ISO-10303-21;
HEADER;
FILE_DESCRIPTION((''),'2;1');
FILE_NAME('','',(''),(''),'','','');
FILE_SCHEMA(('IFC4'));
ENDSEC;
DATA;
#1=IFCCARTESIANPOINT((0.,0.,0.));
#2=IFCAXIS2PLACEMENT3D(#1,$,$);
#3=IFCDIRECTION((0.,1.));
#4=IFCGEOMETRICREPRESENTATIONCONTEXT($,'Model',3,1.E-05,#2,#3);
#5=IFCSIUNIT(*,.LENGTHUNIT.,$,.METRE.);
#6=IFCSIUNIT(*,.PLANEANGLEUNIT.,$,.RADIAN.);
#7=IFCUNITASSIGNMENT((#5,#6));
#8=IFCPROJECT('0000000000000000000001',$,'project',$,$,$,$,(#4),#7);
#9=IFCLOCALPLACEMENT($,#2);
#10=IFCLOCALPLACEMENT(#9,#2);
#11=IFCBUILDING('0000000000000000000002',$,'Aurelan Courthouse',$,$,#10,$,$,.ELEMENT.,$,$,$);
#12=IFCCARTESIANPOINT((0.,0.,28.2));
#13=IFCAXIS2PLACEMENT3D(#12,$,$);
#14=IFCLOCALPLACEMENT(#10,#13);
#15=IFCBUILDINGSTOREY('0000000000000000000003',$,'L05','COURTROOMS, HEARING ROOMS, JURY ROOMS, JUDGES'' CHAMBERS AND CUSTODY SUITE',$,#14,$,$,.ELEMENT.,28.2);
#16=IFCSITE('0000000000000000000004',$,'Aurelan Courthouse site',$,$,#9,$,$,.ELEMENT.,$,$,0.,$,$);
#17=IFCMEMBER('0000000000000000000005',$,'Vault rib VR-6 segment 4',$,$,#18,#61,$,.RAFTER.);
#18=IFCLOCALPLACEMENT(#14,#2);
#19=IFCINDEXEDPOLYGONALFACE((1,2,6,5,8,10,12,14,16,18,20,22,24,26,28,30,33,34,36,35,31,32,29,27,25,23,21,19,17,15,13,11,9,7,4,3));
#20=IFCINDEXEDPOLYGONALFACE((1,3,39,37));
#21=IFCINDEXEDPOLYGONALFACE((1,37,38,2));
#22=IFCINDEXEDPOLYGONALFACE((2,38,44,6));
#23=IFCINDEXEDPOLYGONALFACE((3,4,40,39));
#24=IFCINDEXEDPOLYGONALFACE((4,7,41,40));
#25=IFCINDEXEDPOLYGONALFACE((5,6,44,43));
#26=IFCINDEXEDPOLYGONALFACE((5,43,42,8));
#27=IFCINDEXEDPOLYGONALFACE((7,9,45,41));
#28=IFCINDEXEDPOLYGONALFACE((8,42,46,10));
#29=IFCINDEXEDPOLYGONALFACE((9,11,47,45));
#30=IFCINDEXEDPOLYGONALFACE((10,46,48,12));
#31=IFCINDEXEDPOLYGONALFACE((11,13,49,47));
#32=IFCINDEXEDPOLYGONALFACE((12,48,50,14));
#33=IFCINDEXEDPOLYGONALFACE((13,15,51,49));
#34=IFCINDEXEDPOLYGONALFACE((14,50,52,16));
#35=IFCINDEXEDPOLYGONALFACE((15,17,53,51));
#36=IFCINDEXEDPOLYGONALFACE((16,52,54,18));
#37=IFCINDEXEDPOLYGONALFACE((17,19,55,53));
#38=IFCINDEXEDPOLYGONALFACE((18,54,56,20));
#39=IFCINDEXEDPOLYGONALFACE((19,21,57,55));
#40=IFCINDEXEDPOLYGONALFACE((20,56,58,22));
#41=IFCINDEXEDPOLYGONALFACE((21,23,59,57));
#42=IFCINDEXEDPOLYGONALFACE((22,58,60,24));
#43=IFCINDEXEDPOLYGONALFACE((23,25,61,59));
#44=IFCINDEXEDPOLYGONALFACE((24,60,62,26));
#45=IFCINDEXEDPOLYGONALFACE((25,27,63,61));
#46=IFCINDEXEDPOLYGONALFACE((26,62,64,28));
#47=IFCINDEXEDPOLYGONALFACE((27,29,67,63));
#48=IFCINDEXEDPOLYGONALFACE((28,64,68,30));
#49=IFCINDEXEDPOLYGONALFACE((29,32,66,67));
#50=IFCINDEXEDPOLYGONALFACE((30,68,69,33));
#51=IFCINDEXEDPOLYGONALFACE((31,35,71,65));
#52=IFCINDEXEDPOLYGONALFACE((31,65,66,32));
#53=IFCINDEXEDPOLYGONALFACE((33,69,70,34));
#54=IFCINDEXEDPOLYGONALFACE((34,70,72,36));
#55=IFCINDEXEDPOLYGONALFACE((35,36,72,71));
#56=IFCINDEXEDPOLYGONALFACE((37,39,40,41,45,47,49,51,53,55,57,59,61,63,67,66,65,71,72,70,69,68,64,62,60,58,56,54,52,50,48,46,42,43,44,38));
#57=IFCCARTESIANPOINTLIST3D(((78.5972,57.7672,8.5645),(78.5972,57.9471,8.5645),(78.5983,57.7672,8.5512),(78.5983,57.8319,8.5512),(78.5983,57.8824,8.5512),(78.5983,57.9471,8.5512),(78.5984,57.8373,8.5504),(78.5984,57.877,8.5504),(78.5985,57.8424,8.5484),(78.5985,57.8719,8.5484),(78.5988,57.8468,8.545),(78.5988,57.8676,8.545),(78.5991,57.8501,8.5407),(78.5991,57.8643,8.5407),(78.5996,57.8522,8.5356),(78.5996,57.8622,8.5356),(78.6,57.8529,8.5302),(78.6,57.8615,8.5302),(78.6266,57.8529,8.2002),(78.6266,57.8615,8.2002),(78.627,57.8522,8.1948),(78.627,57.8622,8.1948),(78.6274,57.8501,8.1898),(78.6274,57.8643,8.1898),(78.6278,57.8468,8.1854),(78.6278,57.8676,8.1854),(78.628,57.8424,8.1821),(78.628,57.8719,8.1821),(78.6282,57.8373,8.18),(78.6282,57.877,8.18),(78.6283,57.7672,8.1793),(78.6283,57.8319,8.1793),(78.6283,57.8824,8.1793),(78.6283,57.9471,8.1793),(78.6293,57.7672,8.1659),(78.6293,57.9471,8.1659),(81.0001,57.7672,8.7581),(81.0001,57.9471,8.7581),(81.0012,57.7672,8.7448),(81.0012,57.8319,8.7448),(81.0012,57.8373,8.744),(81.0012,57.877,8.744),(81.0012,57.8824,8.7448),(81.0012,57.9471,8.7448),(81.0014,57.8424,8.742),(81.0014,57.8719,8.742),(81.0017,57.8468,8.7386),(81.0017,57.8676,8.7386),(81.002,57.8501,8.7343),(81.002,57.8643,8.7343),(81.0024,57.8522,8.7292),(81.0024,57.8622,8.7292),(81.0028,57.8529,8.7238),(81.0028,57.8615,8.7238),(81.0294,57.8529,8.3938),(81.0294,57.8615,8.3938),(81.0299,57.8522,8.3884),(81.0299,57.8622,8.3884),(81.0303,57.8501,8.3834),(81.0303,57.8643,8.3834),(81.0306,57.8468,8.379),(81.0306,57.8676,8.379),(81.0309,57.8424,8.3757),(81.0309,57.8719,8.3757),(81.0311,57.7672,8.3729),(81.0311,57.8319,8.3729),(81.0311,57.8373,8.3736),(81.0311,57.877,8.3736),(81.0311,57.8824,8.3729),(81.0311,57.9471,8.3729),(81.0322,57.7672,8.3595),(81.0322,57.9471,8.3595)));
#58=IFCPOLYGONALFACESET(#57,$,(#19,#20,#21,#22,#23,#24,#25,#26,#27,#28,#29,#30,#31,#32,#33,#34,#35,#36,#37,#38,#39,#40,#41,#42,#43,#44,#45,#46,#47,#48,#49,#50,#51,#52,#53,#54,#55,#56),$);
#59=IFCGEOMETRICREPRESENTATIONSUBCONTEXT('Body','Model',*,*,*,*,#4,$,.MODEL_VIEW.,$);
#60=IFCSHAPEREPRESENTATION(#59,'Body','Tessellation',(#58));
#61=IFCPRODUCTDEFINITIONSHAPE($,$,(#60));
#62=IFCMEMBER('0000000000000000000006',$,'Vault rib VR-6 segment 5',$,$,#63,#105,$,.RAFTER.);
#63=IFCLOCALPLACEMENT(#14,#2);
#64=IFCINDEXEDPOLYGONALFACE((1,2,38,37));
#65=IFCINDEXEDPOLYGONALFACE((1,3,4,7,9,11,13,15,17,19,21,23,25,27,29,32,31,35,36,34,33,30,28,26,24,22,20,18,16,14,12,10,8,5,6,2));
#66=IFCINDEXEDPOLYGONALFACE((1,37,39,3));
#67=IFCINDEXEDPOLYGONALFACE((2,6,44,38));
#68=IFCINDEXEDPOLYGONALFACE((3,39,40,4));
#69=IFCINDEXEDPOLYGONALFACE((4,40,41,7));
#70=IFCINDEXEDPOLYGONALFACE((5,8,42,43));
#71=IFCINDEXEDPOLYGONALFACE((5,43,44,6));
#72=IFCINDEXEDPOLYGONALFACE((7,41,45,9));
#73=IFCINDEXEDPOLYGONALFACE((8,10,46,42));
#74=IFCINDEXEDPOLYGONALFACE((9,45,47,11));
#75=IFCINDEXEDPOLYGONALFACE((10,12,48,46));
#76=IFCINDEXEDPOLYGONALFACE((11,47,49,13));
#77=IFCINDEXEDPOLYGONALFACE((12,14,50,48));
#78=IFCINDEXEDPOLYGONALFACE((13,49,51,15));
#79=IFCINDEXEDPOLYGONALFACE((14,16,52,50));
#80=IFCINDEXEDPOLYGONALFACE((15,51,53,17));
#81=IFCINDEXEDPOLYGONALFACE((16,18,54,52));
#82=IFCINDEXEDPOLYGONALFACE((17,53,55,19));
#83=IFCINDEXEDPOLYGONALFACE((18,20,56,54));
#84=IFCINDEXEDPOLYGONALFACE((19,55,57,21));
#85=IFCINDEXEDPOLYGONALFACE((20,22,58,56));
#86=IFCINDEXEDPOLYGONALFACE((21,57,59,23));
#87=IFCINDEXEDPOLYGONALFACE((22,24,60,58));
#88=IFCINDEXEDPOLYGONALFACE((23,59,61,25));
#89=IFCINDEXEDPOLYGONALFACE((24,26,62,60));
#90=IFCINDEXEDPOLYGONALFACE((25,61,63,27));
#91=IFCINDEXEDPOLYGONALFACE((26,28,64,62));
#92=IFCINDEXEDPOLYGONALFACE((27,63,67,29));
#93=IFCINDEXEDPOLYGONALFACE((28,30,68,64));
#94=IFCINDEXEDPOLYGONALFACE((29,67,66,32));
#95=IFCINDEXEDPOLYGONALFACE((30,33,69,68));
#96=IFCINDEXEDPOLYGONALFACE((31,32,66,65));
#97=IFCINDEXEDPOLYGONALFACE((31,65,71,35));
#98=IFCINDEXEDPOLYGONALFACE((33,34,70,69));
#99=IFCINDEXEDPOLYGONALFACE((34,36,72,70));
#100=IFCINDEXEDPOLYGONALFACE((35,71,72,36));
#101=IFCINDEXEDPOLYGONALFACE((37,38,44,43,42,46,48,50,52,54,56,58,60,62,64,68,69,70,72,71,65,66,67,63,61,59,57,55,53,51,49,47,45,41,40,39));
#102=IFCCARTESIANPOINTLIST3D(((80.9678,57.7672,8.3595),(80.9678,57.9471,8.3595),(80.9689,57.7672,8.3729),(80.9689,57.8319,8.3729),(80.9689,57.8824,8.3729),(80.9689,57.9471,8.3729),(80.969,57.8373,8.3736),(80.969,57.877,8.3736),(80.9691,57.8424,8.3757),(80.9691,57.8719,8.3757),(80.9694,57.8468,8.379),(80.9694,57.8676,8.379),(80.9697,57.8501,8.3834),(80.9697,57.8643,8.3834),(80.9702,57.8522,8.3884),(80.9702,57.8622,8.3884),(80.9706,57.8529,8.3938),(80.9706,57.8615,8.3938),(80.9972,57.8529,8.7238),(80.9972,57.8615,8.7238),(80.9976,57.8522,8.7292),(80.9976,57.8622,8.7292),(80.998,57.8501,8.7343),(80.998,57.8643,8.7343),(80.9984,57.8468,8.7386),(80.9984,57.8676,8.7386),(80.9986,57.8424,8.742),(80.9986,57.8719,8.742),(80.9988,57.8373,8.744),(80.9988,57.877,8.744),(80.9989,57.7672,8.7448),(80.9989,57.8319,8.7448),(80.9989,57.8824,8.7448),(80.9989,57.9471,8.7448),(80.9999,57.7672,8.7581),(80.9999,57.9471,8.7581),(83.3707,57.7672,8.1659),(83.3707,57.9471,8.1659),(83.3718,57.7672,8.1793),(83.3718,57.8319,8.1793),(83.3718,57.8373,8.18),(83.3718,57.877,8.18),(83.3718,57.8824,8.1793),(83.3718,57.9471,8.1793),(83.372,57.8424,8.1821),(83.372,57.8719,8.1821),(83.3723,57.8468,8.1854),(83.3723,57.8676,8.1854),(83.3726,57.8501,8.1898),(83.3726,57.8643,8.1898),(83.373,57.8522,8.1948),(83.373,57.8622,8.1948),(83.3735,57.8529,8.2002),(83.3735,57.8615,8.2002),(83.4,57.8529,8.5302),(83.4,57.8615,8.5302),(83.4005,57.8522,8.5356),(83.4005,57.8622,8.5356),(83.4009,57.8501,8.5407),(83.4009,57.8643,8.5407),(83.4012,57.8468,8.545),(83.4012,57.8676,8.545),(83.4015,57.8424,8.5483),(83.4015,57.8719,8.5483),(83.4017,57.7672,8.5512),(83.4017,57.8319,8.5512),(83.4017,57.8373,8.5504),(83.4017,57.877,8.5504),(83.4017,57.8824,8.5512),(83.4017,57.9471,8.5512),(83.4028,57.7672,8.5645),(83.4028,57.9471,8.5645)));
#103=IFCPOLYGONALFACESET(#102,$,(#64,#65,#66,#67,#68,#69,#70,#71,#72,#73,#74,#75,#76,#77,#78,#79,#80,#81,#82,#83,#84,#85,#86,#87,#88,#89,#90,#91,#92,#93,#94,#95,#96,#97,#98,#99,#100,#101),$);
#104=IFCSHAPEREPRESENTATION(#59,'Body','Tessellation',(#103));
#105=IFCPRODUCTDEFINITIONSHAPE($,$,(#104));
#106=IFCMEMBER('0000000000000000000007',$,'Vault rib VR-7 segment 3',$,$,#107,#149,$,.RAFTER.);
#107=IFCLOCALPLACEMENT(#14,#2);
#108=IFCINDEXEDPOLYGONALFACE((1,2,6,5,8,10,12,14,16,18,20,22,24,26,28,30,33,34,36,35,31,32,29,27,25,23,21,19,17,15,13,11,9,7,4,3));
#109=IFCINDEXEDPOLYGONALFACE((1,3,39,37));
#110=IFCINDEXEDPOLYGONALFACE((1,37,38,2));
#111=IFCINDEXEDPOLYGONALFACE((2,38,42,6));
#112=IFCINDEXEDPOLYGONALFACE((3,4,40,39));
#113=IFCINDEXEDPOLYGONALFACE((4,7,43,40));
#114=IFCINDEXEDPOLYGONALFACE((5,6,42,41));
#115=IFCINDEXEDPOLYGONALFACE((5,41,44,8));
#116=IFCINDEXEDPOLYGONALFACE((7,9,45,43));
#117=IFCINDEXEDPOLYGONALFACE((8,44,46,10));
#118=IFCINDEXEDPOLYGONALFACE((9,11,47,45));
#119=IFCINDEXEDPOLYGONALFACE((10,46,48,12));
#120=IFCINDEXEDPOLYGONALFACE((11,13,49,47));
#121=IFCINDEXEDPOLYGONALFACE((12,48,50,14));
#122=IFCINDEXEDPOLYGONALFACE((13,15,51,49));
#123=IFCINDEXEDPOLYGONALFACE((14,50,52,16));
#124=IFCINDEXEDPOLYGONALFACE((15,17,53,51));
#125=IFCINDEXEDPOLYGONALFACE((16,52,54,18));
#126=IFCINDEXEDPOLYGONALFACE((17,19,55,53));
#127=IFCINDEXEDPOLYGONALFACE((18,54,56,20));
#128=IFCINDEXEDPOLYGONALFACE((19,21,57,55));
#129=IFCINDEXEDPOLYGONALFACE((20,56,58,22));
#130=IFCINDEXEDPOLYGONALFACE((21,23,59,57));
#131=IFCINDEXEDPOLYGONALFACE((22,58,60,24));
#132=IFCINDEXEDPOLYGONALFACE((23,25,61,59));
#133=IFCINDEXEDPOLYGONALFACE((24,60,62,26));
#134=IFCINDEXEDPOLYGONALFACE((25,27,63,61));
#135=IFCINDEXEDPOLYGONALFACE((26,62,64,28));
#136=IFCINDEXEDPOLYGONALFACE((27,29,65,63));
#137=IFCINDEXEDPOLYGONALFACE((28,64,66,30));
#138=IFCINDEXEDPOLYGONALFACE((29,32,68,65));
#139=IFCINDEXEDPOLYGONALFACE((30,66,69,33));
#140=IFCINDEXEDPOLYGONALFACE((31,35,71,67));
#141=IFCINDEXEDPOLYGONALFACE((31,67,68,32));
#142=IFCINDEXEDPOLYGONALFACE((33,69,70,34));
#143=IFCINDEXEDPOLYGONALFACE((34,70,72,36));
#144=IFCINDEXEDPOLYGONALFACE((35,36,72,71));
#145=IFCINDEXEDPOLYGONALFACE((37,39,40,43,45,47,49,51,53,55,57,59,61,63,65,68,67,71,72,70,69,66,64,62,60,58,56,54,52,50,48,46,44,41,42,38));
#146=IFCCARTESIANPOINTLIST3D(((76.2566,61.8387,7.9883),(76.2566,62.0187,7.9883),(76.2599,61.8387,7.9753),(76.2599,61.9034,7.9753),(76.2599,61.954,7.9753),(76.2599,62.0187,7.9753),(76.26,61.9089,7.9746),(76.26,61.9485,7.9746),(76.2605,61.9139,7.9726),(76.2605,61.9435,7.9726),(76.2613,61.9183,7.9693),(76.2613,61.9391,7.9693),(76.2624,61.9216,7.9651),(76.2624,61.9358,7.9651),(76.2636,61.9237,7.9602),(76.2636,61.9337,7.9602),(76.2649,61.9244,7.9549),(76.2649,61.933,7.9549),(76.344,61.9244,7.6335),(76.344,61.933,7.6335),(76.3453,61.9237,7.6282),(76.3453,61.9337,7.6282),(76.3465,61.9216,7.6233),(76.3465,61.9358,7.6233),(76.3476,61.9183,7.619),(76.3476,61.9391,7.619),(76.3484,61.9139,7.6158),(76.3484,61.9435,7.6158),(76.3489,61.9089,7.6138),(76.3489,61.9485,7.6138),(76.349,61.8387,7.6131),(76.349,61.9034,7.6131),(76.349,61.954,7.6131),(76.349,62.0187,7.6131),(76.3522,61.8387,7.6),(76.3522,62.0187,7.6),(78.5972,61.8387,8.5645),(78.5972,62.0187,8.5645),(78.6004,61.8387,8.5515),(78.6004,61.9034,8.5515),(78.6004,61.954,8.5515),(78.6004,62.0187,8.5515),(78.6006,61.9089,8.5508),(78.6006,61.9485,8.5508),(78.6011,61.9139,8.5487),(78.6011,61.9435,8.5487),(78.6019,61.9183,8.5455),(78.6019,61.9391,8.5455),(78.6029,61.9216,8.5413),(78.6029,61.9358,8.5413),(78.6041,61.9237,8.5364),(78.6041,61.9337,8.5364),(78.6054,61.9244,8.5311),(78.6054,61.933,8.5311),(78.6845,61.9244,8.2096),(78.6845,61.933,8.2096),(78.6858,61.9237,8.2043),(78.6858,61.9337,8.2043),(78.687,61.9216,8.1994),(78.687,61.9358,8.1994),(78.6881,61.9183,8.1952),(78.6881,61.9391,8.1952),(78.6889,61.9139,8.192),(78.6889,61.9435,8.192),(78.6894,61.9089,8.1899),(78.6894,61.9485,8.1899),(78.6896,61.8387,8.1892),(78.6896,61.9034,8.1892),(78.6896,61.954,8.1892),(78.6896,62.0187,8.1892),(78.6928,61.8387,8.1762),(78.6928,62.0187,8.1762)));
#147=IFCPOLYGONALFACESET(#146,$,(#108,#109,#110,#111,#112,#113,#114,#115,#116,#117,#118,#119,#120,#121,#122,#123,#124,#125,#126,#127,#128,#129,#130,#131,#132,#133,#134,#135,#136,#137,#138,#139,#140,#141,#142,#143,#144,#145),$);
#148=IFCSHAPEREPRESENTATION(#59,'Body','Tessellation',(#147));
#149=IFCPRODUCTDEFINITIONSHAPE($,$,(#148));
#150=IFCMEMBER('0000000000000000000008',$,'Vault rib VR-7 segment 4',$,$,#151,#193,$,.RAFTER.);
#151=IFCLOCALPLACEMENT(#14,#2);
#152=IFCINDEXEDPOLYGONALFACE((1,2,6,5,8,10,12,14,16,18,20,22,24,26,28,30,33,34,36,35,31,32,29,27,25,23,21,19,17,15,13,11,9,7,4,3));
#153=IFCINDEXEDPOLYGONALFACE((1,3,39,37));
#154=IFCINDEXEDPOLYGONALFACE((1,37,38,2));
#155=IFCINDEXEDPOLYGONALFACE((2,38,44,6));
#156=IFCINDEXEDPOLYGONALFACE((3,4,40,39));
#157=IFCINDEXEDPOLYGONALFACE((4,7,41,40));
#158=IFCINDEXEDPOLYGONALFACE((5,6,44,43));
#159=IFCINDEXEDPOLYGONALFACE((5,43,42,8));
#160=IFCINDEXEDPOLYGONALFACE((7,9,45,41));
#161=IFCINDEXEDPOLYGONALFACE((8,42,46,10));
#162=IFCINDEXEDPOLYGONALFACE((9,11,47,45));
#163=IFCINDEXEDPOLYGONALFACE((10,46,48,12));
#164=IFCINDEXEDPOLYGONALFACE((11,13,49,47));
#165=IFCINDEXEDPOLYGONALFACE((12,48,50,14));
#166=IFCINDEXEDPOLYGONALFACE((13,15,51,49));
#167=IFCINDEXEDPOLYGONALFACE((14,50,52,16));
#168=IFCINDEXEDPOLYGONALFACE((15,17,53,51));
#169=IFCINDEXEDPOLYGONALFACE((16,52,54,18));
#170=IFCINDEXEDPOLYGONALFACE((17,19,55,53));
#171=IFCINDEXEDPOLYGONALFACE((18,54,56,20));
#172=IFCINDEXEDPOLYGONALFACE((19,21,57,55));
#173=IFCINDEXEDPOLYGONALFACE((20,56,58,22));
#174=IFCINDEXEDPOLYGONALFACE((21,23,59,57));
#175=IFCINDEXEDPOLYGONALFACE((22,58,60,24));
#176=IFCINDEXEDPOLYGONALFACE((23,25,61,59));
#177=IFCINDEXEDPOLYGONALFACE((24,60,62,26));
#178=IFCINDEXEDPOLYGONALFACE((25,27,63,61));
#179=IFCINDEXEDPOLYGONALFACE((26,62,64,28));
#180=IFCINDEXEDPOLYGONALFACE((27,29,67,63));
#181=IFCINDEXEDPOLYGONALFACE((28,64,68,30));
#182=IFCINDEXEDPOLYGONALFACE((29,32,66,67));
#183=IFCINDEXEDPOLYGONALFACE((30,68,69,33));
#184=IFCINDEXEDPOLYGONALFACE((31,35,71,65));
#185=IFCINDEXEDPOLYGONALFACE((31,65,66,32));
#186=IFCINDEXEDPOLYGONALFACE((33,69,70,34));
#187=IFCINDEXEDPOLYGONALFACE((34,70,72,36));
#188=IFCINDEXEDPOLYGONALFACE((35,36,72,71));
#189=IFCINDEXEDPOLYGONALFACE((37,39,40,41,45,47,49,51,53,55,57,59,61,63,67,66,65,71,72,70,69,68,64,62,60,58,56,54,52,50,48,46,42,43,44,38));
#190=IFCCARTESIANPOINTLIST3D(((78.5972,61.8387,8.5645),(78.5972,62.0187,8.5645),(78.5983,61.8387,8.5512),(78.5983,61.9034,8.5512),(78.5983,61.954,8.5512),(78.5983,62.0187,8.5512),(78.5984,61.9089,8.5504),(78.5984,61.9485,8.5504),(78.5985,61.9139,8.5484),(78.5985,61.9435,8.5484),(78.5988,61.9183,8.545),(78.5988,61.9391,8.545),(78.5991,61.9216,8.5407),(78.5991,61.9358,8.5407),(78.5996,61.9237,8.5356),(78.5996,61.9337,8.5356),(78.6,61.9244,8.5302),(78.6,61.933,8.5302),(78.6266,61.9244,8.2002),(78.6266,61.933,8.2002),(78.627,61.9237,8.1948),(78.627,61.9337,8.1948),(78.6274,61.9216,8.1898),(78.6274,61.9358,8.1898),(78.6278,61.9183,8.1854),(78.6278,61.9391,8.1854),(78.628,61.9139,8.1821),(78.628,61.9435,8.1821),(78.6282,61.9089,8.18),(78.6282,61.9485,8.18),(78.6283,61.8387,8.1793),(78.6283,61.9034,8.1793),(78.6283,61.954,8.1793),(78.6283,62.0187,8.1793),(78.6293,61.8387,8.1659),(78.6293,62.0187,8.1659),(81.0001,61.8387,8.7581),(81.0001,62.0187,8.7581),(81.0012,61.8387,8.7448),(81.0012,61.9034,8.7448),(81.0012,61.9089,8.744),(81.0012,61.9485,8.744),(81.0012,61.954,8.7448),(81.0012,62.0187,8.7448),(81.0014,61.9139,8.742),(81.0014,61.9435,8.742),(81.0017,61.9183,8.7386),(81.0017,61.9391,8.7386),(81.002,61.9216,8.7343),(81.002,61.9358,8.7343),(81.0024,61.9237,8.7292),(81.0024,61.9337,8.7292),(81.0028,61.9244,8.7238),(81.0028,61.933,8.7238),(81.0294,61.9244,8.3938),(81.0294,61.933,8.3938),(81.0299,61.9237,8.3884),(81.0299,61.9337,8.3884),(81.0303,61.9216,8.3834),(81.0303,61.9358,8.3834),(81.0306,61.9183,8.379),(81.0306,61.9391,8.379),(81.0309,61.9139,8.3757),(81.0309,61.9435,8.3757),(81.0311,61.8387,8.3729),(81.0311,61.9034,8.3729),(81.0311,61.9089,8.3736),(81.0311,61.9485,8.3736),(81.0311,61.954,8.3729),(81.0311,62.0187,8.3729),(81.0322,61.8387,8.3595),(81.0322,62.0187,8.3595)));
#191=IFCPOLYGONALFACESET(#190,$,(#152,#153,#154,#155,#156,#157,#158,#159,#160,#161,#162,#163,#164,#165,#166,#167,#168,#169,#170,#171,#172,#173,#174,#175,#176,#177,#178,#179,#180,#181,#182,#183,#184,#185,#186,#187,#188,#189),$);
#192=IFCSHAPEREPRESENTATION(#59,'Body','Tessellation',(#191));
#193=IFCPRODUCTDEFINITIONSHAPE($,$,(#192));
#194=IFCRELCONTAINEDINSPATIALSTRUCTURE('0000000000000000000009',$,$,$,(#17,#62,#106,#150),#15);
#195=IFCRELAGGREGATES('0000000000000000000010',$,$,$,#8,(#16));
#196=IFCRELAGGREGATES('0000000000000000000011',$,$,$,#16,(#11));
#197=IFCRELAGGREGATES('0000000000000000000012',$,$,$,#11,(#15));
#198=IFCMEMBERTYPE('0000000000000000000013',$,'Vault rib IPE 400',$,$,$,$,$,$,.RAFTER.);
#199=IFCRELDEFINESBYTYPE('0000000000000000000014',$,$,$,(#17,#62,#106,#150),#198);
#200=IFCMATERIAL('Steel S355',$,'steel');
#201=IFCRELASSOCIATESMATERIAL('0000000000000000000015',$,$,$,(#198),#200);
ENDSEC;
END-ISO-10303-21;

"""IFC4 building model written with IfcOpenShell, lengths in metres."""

from ifc_helpers import new_model, si_unit, direction, frame, origin, origin_2d, place, context, subcontext, project, spatial, i_section, extrude, material, material_profile, profile_set, type_object, element, save


model = new_model("IFC4")

# Units and contexts
model_context = context("Model", 3, precision=1e-05, world=origin(), true_north=direction((0.0, 1.0)))
body_context = subcontext(model_context, "Body", "Model", "MODEL_VIEW")
ifc_project = project(units=[si_unit("LENGTHUNIT", "METRE"), si_unit("PLANEANGLEUNIT", "RADIAN")], contexts=[model_context])

# Site, building, storey
site_placement = place(None, origin())
site = spatial("IfcSite", under=ifc_project, at=site_placement, Name="Aurelan Courthouse site", CompositionType="ELEMENT", RefElevation=0.0)
building_placement = place(site_placement, origin())
building = spatial("IfcBuilding", under=site, at=building_placement, Name="Aurelan Courthouse", CompositionType="ELEMENT")
storey_placement = place(building_placement, frame((0.0, 0.0, 28.2)))
storey = spatial("IfcBuildingStorey", under=building, at=storey_placement, Name="L05", Description="COURTROOMS, HEARING ROOMS, JURY ROOMS, JUDGES' CHAMBERS AND CUSTODY SUITE", CompositionType="ELEMENT", Elevation=28.2)

# Shared definitions
ifc_material_1 = material(Name="Steel S355", Category="steel")

# Members
ifc_material_profile_1 = material_profile(ifc_material_1, i_section(OverallWidth=0.1799, OverallDepth=0.3999, WebThickness=0.0085, FlangeThickness=0.0134, FilletRadius=0.021, at=origin_2d()), Name="IPE 400")
ifc_profile_set_1 = profile_set([ifc_material_profile_1], Name="Steel S355")
member_type_1 = type_object("IfcMemberType", Name="Vault rib IPE 400", PredefinedType="RAFTER", material=ifc_profile_set_1)
for number, where, z_axis, x_axis, name in (
    (1, (78.6133, 57.8572, 8.3652), (0.99677, 0.0, 0.080313), (0.0, 1.0, 0.0), "Vault rib VR-6 segment 4"),
    (2, (80.9839, 57.8572, 8.5588), (0.99677, 0.0, -0.080313), (0.0, 1.0, 0.0), "Vault rib VR-6 segment 5"),
):
    element("IfcMember", number, at=place(storey_placement, frame(where, z_axis=z_axis, x_axis=x_axis)), inside=storey, type_object=member_type_1, Name=name, PredefinedType="RAFTER", context=body_context, shape_type="SweptSolid", body=[
        extrude(i_section(OverallWidth=0.1799, OverallDepth=0.3999, WebThickness=0.0085, FlangeThickness=0.0134, FilletRadius=0.021, at=origin_2d()), origin(), (0.0, 0.0, 1.0), 2.4106),
    ])
member_1_placement = place(storey_placement, frame((76.3044, 61.9287, 7.7942), z_axis=(0.971012, 0.0, 0.239031), x_axis=(0.0, 1.0, 0.0)))
element("IfcMember", 3, at=member_1_placement, inside=storey, type_object=member_type_1, Name="Vault rib VR-7 segment 3", PredefinedType="RAFTER", context=body_context, shape_type="SweptSolid", body=[
    extrude(i_section(OverallWidth=0.1799, OverallDepth=0.3999, WebThickness=0.0085, FlangeThickness=0.0134, FilletRadius=0.021, at=origin_2d()), origin(), (0.0, 0.0, 1.0), 2.4104),
])
for number, where, z_axis, x_axis, name in (
    (4, (78.6133, 61.9287, 8.3652), (0.99677, 0.0, 0.080313), (0.0, 1.0, 0.0), "Vault rib VR-7 segment 4"),
):
    element("IfcMember", number, at=place(storey_placement, frame(where, z_axis=z_axis, x_axis=x_axis)), inside=storey, type_object=member_type_1, Name=name, PredefinedType="RAFTER", context=body_context, shape_type="SweptSolid", body=[
        extrude(i_section(OverallWidth=0.1799, OverallDepth=0.3999, WebThickness=0.0085, FlangeThickness=0.0134, FilletRadius=0.021, at=origin_2d()), origin(), (0.0, 0.0, 1.0), 2.4106),
    ])

save(model, "model.ifc")
